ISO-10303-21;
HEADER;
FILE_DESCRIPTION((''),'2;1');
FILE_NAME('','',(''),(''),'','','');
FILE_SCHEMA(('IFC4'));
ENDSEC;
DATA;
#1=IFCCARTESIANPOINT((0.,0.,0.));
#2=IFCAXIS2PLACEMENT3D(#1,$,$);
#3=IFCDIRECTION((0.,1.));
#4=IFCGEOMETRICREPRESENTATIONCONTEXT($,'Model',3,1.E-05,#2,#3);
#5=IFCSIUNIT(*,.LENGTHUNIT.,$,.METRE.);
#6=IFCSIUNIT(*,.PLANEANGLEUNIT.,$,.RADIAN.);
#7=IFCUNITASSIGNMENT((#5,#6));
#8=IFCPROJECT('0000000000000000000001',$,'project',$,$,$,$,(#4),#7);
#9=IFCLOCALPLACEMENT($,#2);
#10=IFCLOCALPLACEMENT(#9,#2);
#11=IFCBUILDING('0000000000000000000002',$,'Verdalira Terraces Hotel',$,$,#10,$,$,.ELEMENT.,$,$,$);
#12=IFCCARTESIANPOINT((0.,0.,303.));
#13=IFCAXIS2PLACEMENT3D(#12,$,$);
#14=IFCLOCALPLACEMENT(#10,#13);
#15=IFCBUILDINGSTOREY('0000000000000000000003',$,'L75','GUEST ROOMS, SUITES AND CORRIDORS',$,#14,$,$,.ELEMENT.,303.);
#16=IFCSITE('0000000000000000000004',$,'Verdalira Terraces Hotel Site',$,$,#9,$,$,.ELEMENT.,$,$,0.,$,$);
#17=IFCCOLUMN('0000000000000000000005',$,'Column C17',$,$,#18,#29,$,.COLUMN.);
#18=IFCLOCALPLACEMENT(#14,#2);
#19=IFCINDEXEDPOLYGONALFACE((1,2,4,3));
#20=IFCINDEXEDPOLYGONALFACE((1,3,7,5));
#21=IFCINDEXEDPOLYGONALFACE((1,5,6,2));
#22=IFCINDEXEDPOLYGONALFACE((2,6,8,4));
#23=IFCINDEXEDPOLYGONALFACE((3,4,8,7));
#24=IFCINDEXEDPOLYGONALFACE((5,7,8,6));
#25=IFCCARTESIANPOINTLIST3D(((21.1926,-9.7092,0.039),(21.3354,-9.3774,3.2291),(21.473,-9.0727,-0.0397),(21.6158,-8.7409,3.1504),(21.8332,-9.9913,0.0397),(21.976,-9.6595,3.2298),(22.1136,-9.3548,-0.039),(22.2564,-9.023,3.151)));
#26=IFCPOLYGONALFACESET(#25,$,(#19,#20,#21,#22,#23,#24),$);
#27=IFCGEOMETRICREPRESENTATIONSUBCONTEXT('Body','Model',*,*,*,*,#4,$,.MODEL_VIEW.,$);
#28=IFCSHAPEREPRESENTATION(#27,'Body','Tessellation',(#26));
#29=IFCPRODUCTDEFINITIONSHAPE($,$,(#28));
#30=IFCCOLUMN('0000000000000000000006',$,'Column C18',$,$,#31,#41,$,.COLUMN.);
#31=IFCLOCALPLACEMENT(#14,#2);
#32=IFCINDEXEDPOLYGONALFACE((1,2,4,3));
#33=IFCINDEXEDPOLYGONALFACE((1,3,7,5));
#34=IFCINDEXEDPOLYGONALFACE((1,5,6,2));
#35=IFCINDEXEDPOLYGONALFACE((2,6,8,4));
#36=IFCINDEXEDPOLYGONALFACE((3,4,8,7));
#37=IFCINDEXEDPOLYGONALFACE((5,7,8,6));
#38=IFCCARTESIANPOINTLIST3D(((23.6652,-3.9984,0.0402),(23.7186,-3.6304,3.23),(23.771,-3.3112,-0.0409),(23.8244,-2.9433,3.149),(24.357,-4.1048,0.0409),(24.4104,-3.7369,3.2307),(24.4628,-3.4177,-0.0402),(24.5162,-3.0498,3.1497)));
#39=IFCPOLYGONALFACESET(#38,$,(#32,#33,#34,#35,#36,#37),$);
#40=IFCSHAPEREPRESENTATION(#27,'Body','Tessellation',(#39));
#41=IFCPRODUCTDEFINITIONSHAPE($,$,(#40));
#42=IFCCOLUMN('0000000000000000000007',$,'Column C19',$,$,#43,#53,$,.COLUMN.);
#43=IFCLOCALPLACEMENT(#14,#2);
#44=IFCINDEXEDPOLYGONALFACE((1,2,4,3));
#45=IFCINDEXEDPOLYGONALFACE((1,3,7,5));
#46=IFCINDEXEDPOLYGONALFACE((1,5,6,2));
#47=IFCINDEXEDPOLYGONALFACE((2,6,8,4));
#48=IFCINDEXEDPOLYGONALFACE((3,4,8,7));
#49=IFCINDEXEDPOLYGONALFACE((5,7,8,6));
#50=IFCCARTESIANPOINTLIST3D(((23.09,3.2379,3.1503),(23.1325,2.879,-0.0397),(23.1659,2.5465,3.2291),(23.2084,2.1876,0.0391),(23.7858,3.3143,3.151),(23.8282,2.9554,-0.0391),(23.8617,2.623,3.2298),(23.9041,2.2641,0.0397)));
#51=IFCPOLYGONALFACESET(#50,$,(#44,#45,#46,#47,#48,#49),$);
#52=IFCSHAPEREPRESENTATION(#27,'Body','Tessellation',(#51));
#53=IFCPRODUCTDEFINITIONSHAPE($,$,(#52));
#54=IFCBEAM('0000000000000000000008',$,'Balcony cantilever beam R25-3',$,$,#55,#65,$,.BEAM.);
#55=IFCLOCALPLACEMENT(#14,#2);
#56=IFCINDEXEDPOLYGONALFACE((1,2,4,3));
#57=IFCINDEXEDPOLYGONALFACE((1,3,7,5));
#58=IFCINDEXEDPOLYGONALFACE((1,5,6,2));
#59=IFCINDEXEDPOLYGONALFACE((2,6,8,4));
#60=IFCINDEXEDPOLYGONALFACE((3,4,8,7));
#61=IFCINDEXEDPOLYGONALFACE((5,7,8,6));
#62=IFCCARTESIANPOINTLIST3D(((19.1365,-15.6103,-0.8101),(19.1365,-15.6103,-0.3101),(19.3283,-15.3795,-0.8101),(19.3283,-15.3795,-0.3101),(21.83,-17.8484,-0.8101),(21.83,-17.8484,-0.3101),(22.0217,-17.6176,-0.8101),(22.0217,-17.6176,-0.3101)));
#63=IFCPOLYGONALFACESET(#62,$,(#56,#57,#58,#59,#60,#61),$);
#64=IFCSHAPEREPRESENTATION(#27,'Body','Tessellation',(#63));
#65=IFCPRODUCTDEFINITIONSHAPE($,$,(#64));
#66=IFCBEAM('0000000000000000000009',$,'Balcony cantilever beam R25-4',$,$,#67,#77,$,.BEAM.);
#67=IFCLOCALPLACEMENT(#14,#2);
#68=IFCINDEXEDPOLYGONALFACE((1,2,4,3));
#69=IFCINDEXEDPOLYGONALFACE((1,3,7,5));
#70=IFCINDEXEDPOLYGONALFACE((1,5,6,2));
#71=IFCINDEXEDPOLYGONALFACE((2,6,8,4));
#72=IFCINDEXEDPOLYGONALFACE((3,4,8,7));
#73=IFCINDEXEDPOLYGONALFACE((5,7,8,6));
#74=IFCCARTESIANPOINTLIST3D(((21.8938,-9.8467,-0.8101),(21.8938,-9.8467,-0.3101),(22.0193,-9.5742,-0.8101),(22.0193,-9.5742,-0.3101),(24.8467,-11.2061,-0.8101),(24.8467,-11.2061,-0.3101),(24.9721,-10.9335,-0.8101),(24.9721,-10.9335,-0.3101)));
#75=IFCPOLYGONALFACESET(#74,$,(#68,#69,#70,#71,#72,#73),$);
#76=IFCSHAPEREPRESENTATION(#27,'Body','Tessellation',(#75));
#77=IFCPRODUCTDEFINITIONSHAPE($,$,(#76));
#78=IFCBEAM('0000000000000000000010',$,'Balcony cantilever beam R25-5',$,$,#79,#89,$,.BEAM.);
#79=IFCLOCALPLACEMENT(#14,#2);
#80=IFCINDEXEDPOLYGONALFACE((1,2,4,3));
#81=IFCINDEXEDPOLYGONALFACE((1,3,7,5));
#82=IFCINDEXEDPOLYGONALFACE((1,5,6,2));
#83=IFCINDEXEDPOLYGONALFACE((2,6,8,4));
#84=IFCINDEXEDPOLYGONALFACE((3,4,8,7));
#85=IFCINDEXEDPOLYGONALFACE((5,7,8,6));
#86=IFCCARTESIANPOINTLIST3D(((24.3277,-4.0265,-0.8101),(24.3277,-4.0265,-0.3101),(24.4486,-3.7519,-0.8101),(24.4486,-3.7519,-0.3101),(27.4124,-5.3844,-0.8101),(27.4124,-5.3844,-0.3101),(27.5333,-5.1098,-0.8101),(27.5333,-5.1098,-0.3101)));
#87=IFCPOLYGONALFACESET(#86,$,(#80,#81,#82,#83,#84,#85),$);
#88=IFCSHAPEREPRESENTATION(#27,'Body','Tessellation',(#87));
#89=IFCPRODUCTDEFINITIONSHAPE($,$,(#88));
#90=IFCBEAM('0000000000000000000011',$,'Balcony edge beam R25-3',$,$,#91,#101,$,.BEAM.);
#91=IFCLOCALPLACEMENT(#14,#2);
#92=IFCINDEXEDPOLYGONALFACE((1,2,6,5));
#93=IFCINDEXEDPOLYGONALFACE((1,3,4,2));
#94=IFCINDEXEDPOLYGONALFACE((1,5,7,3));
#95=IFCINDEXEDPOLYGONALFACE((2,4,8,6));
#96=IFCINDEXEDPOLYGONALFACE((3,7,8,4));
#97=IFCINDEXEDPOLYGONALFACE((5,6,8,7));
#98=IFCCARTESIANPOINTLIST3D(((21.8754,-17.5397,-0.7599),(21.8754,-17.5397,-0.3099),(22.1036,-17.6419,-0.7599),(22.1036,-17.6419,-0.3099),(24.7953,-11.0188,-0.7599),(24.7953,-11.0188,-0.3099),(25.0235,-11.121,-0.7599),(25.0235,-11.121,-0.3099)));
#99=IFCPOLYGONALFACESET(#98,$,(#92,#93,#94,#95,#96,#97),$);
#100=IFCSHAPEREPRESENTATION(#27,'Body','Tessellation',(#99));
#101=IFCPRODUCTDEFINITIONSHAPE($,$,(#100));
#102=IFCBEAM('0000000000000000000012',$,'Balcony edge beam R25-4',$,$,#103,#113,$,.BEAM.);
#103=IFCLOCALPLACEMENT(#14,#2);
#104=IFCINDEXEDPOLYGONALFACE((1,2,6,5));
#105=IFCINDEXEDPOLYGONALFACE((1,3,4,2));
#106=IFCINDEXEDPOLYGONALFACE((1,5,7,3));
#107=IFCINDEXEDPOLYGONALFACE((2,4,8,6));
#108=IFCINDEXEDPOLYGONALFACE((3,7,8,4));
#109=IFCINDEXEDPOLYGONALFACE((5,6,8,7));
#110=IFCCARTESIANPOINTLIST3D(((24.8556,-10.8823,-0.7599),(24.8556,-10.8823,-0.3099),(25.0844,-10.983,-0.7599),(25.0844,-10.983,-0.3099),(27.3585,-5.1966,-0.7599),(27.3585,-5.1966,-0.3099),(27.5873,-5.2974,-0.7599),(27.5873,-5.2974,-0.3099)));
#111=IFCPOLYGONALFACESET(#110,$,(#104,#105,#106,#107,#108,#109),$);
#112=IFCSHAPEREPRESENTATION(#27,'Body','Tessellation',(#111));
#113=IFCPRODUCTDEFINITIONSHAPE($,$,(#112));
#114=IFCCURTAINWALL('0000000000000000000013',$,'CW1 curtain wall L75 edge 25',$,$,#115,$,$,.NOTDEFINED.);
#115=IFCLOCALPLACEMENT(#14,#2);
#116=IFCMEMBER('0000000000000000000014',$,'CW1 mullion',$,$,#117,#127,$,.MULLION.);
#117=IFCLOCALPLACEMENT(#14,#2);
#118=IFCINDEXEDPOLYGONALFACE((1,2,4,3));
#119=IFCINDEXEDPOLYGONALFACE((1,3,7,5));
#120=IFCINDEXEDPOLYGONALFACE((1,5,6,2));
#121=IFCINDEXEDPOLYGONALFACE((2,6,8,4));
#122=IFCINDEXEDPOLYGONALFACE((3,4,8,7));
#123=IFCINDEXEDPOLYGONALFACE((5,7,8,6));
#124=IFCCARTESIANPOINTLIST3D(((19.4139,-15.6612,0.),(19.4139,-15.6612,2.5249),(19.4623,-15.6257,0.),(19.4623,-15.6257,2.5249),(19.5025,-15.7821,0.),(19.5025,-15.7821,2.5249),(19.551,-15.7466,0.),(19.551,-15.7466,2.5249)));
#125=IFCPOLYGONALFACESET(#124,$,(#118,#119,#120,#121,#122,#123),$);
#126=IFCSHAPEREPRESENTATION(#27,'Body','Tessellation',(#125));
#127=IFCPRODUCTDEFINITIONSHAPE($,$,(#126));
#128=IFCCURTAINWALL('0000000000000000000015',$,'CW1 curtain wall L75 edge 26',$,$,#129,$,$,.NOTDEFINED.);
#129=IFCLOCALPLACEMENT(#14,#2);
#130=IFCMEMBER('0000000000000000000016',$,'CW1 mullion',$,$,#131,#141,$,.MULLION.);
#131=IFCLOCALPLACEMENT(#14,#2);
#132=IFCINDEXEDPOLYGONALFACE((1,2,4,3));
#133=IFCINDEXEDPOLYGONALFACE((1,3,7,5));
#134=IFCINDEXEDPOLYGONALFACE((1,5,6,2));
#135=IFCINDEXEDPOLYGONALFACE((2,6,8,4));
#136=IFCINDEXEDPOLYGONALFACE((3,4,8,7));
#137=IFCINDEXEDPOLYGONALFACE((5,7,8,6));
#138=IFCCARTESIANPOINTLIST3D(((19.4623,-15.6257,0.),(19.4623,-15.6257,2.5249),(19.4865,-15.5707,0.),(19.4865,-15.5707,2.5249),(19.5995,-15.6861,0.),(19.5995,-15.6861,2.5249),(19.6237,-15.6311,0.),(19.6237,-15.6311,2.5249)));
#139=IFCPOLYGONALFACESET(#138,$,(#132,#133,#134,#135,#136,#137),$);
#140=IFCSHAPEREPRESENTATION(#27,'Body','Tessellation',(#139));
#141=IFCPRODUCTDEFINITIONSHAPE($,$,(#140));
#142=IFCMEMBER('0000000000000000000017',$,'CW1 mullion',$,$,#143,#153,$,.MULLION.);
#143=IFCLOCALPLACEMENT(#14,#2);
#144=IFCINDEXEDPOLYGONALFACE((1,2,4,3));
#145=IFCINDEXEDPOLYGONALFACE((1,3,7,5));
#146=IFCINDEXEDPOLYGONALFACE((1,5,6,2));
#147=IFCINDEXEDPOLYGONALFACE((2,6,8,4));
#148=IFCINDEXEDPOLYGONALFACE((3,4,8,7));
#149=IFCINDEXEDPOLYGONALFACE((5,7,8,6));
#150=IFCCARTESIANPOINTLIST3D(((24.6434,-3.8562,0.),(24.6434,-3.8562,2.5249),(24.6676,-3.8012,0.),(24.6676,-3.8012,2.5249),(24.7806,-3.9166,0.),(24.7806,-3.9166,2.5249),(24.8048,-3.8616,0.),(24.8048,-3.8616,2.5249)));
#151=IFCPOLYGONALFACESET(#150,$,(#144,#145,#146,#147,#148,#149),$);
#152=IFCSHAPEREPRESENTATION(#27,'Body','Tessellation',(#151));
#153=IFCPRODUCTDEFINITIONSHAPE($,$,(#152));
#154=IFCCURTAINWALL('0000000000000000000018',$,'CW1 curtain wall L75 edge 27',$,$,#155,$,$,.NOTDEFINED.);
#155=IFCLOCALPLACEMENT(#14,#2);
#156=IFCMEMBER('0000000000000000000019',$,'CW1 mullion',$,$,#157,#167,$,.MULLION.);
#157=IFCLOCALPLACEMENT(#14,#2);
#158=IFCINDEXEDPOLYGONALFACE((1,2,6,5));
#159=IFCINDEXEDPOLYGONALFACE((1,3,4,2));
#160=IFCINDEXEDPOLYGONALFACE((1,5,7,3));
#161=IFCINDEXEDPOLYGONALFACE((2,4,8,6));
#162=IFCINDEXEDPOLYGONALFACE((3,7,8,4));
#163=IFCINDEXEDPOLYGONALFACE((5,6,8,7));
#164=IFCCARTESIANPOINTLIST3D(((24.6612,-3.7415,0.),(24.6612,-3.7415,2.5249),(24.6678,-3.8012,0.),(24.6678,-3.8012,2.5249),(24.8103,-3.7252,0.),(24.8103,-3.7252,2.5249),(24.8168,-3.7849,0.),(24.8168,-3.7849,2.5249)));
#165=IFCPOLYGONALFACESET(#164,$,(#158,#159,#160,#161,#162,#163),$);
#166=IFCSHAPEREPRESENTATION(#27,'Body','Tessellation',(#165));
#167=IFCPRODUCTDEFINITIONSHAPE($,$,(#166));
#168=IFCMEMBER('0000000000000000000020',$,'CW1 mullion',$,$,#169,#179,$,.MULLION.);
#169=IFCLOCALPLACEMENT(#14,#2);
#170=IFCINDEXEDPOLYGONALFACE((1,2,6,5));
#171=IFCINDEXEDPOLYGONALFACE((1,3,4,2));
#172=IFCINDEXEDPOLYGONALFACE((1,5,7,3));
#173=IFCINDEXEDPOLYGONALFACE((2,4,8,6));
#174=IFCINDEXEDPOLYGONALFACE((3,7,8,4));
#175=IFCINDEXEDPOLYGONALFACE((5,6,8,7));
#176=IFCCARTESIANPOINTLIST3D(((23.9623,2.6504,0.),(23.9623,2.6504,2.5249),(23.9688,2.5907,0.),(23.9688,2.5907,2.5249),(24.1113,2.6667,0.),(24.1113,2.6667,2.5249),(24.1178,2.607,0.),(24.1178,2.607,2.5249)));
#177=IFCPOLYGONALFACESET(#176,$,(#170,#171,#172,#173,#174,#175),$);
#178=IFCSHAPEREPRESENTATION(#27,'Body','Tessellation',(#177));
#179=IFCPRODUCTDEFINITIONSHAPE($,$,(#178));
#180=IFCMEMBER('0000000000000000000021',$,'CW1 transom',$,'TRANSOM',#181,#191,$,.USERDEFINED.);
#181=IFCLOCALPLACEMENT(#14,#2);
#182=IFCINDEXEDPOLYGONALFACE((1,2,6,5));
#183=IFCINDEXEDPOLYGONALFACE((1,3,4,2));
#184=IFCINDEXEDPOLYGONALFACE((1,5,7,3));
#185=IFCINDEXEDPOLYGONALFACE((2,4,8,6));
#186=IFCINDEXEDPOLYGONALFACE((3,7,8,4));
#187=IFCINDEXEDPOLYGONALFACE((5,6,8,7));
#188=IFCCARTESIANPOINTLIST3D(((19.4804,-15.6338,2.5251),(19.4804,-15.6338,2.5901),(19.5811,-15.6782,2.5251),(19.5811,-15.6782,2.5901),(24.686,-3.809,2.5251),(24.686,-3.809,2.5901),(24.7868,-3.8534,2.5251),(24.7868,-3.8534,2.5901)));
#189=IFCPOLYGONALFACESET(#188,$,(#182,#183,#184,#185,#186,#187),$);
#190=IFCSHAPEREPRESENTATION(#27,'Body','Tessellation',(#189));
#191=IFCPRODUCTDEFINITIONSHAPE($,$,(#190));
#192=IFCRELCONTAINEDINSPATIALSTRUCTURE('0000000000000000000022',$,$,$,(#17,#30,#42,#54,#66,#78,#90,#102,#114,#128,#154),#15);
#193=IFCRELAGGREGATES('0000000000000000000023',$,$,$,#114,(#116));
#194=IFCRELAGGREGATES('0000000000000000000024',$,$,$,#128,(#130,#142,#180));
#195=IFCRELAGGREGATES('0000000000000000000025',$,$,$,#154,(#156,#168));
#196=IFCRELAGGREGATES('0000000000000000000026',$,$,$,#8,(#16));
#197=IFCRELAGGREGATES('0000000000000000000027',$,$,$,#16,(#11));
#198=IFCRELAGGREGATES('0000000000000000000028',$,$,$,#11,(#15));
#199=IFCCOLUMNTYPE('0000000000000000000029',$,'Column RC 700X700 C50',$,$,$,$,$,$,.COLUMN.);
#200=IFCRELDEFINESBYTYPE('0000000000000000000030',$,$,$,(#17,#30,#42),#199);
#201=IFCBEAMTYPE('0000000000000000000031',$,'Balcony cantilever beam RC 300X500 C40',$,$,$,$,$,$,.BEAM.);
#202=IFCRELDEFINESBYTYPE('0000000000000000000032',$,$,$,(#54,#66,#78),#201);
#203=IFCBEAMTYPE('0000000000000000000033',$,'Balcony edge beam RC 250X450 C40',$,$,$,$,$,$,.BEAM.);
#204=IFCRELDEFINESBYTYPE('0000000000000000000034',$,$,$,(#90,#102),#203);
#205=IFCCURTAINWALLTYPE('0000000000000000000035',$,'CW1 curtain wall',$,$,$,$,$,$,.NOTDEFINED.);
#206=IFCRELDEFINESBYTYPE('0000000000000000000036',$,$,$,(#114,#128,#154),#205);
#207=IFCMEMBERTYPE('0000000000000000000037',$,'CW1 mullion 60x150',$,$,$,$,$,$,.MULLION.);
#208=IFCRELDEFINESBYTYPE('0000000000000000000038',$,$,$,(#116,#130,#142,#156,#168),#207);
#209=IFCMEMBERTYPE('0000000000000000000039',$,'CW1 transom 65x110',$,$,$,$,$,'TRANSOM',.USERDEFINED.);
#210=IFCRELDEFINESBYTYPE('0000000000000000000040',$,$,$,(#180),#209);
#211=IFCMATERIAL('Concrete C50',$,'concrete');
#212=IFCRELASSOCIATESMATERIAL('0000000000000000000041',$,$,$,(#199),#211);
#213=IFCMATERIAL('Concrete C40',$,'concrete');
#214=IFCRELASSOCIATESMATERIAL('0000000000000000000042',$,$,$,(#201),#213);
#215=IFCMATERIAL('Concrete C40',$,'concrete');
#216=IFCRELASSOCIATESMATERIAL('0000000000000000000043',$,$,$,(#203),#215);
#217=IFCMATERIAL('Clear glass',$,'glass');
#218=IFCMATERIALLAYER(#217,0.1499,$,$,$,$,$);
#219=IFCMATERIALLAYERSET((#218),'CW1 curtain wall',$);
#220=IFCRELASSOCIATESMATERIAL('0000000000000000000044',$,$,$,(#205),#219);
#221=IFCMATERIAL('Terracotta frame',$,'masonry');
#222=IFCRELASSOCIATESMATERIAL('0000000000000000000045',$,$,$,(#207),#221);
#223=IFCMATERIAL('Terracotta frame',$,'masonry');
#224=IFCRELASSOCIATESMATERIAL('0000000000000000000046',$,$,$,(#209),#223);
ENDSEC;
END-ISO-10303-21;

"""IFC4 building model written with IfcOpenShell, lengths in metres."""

from ifc_helpers import new_model, si_unit, direction, frame, origin, origin_2d, place, context, subcontext, project, spatial, rectangle, extrude, material, layer, layer_set, material_profile, profile_set, type_object, element, aggregate, save


model = new_model("IFC4")

# Units and contexts
model_context = context("Model", 3, precision=1e-05, world=origin(), true_north=direction((0.0, 1.0)))
body_context = subcontext(model_context, "Body", "Model", "MODEL_VIEW")
ifc_project = project(units=[si_unit("LENGTHUNIT", "METRE"), si_unit("PLANEANGLEUNIT", "RADIAN")], contexts=[model_context])

# Site, building, storey
site_placement = place(None, origin())
site = spatial("IfcSite", under=ifc_project, at=site_placement, Name="Verdalira Terraces Hotel Site", CompositionType="ELEMENT", RefElevation=0.0)
building_placement = place(site_placement, origin())
building = spatial("IfcBuilding", under=site, at=building_placement, Name="Verdalira Terraces Hotel", CompositionType="ELEMENT")
storey_placement = place(building_placement, frame((0.0, 0.0, 303.0)))
storey = spatial("IfcBuildingStorey", under=building, at=storey_placement, Name="L75", Description="GUEST ROOMS, SUITES AND CORRIDORS", CompositionType="ELEMENT", Elevation=303.0)

# Columns
ifc_material_1 = material(Name="Concrete C50", Category="concrete")
ifc_material_profile_1 = material_profile(ifc_material_1, rectangle(XDim=0.7, YDim=0.7, at=origin_2d()), Name="RC 700X700")
ifc_profile_set_1 = profile_set([ifc_material_profile_1], Name="Concrete C50")
column_type = type_object("IfcColumnType", Name="Column RC 700X700 C50", PredefinedType="COLUMN", material=ifc_profile_set_1)
column_1_placement = place(storey_placement, frame((21.6531, -9.532, 0.0), z_axis=(0.044488, 0.10335, 0.99365), x_axis=(0.400607, 0.909316, -0.112515)))
element("IfcColumn", 1, at=column_1_placement, inside=storey, type_object=column_type, Name="Column C17", PredefinedType="COLUMN", context=body_context, shape_type="SweptSolid", body=[
    extrude(rectangle(XDim=0.7, YDim=0.7, at=origin_2d()), origin(), (0.0, 0.0, 1.0), 3.2104),
])
column_2_placement = place(storey_placement, frame((24.064, -3.708, 0.0), z_axis=(0.016648, 0.114562, 0.993277), x_axis=(-0.151185, -0.981704, 0.115761)))
element("IfcColumn", 2, at=column_2_placement, inside=storey, type_object=column_type, Name="Column C18", PredefinedType="COLUMN", context=body_context, shape_type="SweptSolid", body=[
    extrude(rectangle(XDim=0.7, YDim=0.7, at=origin_2d()), origin(), (0.0, 0.0, 1.0), 3.2114),
])
column_3_placement = place(storey_placement, frame((23.5183, 2.5715, 0.0), z_axis=(-0.013232, 0.111791, 0.993644), x_axis=(-0.108422, 0.987711, -0.112567)))
element("IfcColumn", 3, at=column_3_placement, inside=storey, type_object=column_type, Name="Column C19", PredefinedType="COLUMN", context=body_context, shape_type="SweptSolid", body=[
    extrude(rectangle(XDim=0.7, YDim=0.7, at=origin_2d()), origin(), (0.0, 0.0, 1.0), 3.2104),
])

# Beams
ifc_material_2 = material(Name="Concrete C40", Category="concrete")
ifc_material_profile_2 = material_profile(ifc_material_2, rectangle(XDim=0.3, YDim=0.5, at=origin_2d()), Name="RC 300X500")
ifc_profile_set_2 = profile_set([ifc_material_profile_2], Name="Concrete C40")
beam_type_1 = type_object("IfcBeamType", Name="Balcony cantilever beam RC 300X500 C40", PredefinedType="BEAM", material=ifc_profile_set_2)
beam_1_placement = place(storey_placement, frame((19.2324, -15.4949, -0.5601), z_axis=(0.769123, -0.6391, 0.0), x_axis=(0.6391, 0.769123, 0.0)))
element("IfcBeam", 4, at=beam_1_placement, inside=storey, type_object=beam_type_1, Name="Balcony cantilever beam R25-3", PredefinedType="BEAM", context=body_context, shape_type="SweptSolid", body=[
    extrude(rectangle(XDim=0.3, YDim=0.5, at=origin_2d()), origin(), (0.0, 0.0, 1.0), 3.502),
])
beam_2_placement = place(storey_placement, frame((21.9565, -9.7104, -0.5601), z_axis=(0.908368, -0.418172, 0.0), x_axis=(0.418172, 0.908368, 0.0)))
element("IfcBeam", 5, at=beam_2_placement, inside=storey, type_object=beam_type_1, Name="Balcony cantilever beam R25-4", PredefinedType="BEAM", context=body_context, shape_type="SweptSolid", body=[
    extrude(rectangle(XDim=0.3, YDim=0.5, at=origin_2d()), origin(), (0.0, 0.0, 1.0), 3.2507),
])
beam_3_placement = place(storey_placement, frame((24.3882, -3.8892, -0.5601), z_axis=(0.915246, -0.402896, 0.0), x_axis=(0.402896, 0.915246, 0.0)))
element("IfcBeam", 6, at=beam_3_placement, inside=storey, type_object=beam_type_1, Name="Balcony cantilever beam R25-5", PredefinedType="BEAM", context=body_context, shape_type="SweptSolid", body=[
    extrude(rectangle(XDim=0.3, YDim=0.5, at=origin_2d()), origin(), (0.0, 0.0, 1.0), 3.3704),
])
ifc_material_3 = material(Name="Concrete C40", Category="concrete")
ifc_material_profile_3 = material_profile(ifc_material_3, rectangle(XDim=0.25, YDim=0.45, at=origin_2d()), Name="RC 250X450")
ifc_profile_set_3 = profile_set([ifc_material_profile_3], Name="Concrete C40")
beam_type_2 = type_object("IfcBeamType", Name="Balcony edge beam RC 250X450 C40", PredefinedType="BEAM", material=ifc_profile_set_3)
beam_4_placement = place(storey_placement, frame((21.9895, -17.5908, -0.5349), z_axis=(0.408673, 0.912681, 0.0), x_axis=(-0.912681, 0.408673, 0.0)))
element("IfcBeam", 7, at=beam_4_placement, inside=storey, type_object=beam_type_2, Name="Balcony edge beam R25-3", PredefinedType="BEAM", context=body_context, shape_type="SweptSolid", body=[
    extrude(rectangle(XDim=0.25, YDim=0.45, at=origin_2d()), origin(), (0.0, 0.0, 1.0), 7.1448),
])
beam_5_placement = place(storey_placement, frame((24.97, -10.9326, -0.5349), z_axis=(0.402912, 0.915239, 0.0), x_axis=(-0.915239, 0.402912, 0.0)))
element("IfcBeam", 8, at=beam_5_placement, inside=storey, type_object=beam_type_2, Name="Balcony edge beam R25-4", PredefinedType="BEAM", context=body_context, shape_type="SweptSolid", body=[
    extrude(rectangle(XDim=0.25, YDim=0.45, at=origin_2d()), origin(), (0.0, 0.0, 1.0), 6.2122),
])

# Curtain wall, member
ifc_material_4 = material(Name="Clear glass", Category="glass")
ifc_layer_1 = layer(ifc_material_4, 0.1499)
ifc_layer_set_1 = layer_set([ifc_layer_1], Name="CW1 curtain wall")
curtain_wall_type = type_object("IfcCurtainWallType", Name="CW1 curtain wall", PredefinedType="NOTDEFINED", material=ifc_layer_set_1)
curtain_wall_1_placement = place(storey_placement, origin())
curtain_wall_1 = element("IfcCurtainWall", 9, at=curtain_wall_1_placement, inside=storey, type_object=curtain_wall_type, Name="CW1 curtain wall L75 edge 25", PredefinedType="NOTDEFINED")
ifc_material_5 = material(Name="Terracotta frame", Category="masonry")
ifc_material_profile_4 = material_profile(ifc_material_5, rectangle(XDim=0.0601, YDim=0.1499, at=origin_2d()), Name="MU 60x150")
ifc_profile_set_4 = profile_set([ifc_material_profile_4], Name="Terracotta frame")
member_type_1 = type_object("IfcMemberType", Name="CW1 mullion 60x150", PredefinedType="MULLION", material=ifc_profile_set_4)
member_1_placement = place(storey_placement, frame((19.4824, -15.7039, 0.0), z_axis=(0.0, 0.0, 1.0), x_axis=(0.806548, 0.591169, 0.0)))
member_1 = element("IfcMember", 10, at=member_1_placement, type_object=member_type_1, Name="CW1 mullion", PredefinedType="MULLION", context=body_context, shape_type="SweptSolid", body=[
    extrude(rectangle(XDim=0.0601, YDim=0.1499, at=origin_2d()), origin(), (0.0, 0.0, 1.0), 2.5249),
])
aggregate(curtain_wall_1, [member_1])

# Curtain walls, members
curtain_wall_2_placement = place(storey_placement, origin())
curtain_wall_2 = element("IfcCurtainWall", 11, at=curtain_wall_2_placement, inside=storey, type_object=curtain_wall_type, Name="CW1 curtain wall L75 edge 26", PredefinedType="NOTDEFINED")
member_2_placement = place(storey_placement, frame((19.543, -15.6284, 0.0), z_axis=(0.0, 0.0, 1.0), x_axis=(0.402906, 0.915241, 0.0)))
member_2 = element("IfcMember", 12, at=member_2_placement, type_object=member_type_1, Name="CW1 mullion", PredefinedType="MULLION", context=body_context, shape_type="SweptSolid", body=[
    extrude(rectangle(XDim=0.0601, YDim=0.1499, at=origin_2d()), origin(), (0.0, 0.0, 1.0), 2.5249),
])
member_3_placement = place(storey_placement, frame((24.7241, -3.8589, 0.0), z_axis=(0.0, 0.0, 1.0), x_axis=(0.402906, 0.915241, 0.0)))
member_3 = element("IfcMember", 13, at=member_3_placement, type_object=member_type_1, Name="CW1 mullion", PredefinedType="MULLION", context=body_context, shape_type="SweptSolid", body=[
    extrude(rectangle(XDim=0.0601, YDim=0.1499, at=origin_2d()), origin(), (0.0, 0.0, 1.0), 2.5249),
])
curtain_wall_3_placement = place(storey_placement, origin())
curtain_wall_3 = element("IfcCurtainWall", 14, at=curtain_wall_3_placement, inside=storey, type_object=curtain_wall_type, Name="CW1 curtain wall L75 edge 27", PredefinedType="NOTDEFINED")
member_4_placement = place(storey_placement, frame((24.739, -3.7632, 0.0), z_axis=(0.0, 0.0, 1.0), x_axis=(-0.108693, 0.994075, 0.0)))
member_4 = element("IfcMember", 15, at=member_4_placement, type_object=member_type_1, Name="CW1 mullion", PredefinedType="MULLION", context=body_context, shape_type="SweptSolid", body=[
    extrude(rectangle(XDim=0.0601, YDim=0.1499, at=origin_2d()), origin(), (0.0, 0.0, 1.0), 2.5249),
])
member_5_placement = place(storey_placement, frame((24.04, 2.6287, 0.0), z_axis=(0.0, 0.0, 1.0), x_axis=(-0.108693, 0.994075, 0.0)))
member_5 = element("IfcMember", 16, at=member_5_placement, type_object=member_type_1, Name="CW1 mullion", PredefinedType="MULLION", context=body_context, shape_type="SweptSolid", body=[
    extrude(rectangle(XDim=0.0601, YDim=0.1499, at=origin_2d()), origin(), (0.0, 0.0, 1.0), 2.5249),
])

# Member
ifc_material_6 = material(Name="Terracotta frame", Category="masonry")
ifc_material_profile_5 = material_profile(ifc_material_6, rectangle(XDim=0.1101, YDim=0.0649, at=origin_2d()), Name="TR 65x110")
ifc_profile_set_5 = profile_set([ifc_material_profile_5], Name="Terracotta frame")
member_type_2 = type_object("IfcMemberType", Name="CW1 transom 65x110", ElementType="TRANSOM", PredefinedType="USERDEFINED", material=ifc_profile_set_5)
member_6_placement = place(storey_placement, frame((19.5308, -15.656, 2.5576), z_axis=(0.402913, 0.915238, 0.0), x_axis=(-0.915238, 0.402913, 0.0)))
member_6 = element("IfcMember", 17, at=member_6_placement, type_object=member_type_2, Name="CW1 transom", ObjectType="TRANSOM", PredefinedType="USERDEFINED", context=body_context, shape_type="SweptSolid", body=[
    extrude(rectangle(XDim=0.1101, YDim=0.0649, at=origin_2d()), origin(), (0.0, 0.0, 1.0), 12.9199),
])

aggregate(curtain_wall_2, [member_2, member_3, member_6])
aggregate(curtain_wall_3, [member_4, member_5])

save(model, "model.ifc")
